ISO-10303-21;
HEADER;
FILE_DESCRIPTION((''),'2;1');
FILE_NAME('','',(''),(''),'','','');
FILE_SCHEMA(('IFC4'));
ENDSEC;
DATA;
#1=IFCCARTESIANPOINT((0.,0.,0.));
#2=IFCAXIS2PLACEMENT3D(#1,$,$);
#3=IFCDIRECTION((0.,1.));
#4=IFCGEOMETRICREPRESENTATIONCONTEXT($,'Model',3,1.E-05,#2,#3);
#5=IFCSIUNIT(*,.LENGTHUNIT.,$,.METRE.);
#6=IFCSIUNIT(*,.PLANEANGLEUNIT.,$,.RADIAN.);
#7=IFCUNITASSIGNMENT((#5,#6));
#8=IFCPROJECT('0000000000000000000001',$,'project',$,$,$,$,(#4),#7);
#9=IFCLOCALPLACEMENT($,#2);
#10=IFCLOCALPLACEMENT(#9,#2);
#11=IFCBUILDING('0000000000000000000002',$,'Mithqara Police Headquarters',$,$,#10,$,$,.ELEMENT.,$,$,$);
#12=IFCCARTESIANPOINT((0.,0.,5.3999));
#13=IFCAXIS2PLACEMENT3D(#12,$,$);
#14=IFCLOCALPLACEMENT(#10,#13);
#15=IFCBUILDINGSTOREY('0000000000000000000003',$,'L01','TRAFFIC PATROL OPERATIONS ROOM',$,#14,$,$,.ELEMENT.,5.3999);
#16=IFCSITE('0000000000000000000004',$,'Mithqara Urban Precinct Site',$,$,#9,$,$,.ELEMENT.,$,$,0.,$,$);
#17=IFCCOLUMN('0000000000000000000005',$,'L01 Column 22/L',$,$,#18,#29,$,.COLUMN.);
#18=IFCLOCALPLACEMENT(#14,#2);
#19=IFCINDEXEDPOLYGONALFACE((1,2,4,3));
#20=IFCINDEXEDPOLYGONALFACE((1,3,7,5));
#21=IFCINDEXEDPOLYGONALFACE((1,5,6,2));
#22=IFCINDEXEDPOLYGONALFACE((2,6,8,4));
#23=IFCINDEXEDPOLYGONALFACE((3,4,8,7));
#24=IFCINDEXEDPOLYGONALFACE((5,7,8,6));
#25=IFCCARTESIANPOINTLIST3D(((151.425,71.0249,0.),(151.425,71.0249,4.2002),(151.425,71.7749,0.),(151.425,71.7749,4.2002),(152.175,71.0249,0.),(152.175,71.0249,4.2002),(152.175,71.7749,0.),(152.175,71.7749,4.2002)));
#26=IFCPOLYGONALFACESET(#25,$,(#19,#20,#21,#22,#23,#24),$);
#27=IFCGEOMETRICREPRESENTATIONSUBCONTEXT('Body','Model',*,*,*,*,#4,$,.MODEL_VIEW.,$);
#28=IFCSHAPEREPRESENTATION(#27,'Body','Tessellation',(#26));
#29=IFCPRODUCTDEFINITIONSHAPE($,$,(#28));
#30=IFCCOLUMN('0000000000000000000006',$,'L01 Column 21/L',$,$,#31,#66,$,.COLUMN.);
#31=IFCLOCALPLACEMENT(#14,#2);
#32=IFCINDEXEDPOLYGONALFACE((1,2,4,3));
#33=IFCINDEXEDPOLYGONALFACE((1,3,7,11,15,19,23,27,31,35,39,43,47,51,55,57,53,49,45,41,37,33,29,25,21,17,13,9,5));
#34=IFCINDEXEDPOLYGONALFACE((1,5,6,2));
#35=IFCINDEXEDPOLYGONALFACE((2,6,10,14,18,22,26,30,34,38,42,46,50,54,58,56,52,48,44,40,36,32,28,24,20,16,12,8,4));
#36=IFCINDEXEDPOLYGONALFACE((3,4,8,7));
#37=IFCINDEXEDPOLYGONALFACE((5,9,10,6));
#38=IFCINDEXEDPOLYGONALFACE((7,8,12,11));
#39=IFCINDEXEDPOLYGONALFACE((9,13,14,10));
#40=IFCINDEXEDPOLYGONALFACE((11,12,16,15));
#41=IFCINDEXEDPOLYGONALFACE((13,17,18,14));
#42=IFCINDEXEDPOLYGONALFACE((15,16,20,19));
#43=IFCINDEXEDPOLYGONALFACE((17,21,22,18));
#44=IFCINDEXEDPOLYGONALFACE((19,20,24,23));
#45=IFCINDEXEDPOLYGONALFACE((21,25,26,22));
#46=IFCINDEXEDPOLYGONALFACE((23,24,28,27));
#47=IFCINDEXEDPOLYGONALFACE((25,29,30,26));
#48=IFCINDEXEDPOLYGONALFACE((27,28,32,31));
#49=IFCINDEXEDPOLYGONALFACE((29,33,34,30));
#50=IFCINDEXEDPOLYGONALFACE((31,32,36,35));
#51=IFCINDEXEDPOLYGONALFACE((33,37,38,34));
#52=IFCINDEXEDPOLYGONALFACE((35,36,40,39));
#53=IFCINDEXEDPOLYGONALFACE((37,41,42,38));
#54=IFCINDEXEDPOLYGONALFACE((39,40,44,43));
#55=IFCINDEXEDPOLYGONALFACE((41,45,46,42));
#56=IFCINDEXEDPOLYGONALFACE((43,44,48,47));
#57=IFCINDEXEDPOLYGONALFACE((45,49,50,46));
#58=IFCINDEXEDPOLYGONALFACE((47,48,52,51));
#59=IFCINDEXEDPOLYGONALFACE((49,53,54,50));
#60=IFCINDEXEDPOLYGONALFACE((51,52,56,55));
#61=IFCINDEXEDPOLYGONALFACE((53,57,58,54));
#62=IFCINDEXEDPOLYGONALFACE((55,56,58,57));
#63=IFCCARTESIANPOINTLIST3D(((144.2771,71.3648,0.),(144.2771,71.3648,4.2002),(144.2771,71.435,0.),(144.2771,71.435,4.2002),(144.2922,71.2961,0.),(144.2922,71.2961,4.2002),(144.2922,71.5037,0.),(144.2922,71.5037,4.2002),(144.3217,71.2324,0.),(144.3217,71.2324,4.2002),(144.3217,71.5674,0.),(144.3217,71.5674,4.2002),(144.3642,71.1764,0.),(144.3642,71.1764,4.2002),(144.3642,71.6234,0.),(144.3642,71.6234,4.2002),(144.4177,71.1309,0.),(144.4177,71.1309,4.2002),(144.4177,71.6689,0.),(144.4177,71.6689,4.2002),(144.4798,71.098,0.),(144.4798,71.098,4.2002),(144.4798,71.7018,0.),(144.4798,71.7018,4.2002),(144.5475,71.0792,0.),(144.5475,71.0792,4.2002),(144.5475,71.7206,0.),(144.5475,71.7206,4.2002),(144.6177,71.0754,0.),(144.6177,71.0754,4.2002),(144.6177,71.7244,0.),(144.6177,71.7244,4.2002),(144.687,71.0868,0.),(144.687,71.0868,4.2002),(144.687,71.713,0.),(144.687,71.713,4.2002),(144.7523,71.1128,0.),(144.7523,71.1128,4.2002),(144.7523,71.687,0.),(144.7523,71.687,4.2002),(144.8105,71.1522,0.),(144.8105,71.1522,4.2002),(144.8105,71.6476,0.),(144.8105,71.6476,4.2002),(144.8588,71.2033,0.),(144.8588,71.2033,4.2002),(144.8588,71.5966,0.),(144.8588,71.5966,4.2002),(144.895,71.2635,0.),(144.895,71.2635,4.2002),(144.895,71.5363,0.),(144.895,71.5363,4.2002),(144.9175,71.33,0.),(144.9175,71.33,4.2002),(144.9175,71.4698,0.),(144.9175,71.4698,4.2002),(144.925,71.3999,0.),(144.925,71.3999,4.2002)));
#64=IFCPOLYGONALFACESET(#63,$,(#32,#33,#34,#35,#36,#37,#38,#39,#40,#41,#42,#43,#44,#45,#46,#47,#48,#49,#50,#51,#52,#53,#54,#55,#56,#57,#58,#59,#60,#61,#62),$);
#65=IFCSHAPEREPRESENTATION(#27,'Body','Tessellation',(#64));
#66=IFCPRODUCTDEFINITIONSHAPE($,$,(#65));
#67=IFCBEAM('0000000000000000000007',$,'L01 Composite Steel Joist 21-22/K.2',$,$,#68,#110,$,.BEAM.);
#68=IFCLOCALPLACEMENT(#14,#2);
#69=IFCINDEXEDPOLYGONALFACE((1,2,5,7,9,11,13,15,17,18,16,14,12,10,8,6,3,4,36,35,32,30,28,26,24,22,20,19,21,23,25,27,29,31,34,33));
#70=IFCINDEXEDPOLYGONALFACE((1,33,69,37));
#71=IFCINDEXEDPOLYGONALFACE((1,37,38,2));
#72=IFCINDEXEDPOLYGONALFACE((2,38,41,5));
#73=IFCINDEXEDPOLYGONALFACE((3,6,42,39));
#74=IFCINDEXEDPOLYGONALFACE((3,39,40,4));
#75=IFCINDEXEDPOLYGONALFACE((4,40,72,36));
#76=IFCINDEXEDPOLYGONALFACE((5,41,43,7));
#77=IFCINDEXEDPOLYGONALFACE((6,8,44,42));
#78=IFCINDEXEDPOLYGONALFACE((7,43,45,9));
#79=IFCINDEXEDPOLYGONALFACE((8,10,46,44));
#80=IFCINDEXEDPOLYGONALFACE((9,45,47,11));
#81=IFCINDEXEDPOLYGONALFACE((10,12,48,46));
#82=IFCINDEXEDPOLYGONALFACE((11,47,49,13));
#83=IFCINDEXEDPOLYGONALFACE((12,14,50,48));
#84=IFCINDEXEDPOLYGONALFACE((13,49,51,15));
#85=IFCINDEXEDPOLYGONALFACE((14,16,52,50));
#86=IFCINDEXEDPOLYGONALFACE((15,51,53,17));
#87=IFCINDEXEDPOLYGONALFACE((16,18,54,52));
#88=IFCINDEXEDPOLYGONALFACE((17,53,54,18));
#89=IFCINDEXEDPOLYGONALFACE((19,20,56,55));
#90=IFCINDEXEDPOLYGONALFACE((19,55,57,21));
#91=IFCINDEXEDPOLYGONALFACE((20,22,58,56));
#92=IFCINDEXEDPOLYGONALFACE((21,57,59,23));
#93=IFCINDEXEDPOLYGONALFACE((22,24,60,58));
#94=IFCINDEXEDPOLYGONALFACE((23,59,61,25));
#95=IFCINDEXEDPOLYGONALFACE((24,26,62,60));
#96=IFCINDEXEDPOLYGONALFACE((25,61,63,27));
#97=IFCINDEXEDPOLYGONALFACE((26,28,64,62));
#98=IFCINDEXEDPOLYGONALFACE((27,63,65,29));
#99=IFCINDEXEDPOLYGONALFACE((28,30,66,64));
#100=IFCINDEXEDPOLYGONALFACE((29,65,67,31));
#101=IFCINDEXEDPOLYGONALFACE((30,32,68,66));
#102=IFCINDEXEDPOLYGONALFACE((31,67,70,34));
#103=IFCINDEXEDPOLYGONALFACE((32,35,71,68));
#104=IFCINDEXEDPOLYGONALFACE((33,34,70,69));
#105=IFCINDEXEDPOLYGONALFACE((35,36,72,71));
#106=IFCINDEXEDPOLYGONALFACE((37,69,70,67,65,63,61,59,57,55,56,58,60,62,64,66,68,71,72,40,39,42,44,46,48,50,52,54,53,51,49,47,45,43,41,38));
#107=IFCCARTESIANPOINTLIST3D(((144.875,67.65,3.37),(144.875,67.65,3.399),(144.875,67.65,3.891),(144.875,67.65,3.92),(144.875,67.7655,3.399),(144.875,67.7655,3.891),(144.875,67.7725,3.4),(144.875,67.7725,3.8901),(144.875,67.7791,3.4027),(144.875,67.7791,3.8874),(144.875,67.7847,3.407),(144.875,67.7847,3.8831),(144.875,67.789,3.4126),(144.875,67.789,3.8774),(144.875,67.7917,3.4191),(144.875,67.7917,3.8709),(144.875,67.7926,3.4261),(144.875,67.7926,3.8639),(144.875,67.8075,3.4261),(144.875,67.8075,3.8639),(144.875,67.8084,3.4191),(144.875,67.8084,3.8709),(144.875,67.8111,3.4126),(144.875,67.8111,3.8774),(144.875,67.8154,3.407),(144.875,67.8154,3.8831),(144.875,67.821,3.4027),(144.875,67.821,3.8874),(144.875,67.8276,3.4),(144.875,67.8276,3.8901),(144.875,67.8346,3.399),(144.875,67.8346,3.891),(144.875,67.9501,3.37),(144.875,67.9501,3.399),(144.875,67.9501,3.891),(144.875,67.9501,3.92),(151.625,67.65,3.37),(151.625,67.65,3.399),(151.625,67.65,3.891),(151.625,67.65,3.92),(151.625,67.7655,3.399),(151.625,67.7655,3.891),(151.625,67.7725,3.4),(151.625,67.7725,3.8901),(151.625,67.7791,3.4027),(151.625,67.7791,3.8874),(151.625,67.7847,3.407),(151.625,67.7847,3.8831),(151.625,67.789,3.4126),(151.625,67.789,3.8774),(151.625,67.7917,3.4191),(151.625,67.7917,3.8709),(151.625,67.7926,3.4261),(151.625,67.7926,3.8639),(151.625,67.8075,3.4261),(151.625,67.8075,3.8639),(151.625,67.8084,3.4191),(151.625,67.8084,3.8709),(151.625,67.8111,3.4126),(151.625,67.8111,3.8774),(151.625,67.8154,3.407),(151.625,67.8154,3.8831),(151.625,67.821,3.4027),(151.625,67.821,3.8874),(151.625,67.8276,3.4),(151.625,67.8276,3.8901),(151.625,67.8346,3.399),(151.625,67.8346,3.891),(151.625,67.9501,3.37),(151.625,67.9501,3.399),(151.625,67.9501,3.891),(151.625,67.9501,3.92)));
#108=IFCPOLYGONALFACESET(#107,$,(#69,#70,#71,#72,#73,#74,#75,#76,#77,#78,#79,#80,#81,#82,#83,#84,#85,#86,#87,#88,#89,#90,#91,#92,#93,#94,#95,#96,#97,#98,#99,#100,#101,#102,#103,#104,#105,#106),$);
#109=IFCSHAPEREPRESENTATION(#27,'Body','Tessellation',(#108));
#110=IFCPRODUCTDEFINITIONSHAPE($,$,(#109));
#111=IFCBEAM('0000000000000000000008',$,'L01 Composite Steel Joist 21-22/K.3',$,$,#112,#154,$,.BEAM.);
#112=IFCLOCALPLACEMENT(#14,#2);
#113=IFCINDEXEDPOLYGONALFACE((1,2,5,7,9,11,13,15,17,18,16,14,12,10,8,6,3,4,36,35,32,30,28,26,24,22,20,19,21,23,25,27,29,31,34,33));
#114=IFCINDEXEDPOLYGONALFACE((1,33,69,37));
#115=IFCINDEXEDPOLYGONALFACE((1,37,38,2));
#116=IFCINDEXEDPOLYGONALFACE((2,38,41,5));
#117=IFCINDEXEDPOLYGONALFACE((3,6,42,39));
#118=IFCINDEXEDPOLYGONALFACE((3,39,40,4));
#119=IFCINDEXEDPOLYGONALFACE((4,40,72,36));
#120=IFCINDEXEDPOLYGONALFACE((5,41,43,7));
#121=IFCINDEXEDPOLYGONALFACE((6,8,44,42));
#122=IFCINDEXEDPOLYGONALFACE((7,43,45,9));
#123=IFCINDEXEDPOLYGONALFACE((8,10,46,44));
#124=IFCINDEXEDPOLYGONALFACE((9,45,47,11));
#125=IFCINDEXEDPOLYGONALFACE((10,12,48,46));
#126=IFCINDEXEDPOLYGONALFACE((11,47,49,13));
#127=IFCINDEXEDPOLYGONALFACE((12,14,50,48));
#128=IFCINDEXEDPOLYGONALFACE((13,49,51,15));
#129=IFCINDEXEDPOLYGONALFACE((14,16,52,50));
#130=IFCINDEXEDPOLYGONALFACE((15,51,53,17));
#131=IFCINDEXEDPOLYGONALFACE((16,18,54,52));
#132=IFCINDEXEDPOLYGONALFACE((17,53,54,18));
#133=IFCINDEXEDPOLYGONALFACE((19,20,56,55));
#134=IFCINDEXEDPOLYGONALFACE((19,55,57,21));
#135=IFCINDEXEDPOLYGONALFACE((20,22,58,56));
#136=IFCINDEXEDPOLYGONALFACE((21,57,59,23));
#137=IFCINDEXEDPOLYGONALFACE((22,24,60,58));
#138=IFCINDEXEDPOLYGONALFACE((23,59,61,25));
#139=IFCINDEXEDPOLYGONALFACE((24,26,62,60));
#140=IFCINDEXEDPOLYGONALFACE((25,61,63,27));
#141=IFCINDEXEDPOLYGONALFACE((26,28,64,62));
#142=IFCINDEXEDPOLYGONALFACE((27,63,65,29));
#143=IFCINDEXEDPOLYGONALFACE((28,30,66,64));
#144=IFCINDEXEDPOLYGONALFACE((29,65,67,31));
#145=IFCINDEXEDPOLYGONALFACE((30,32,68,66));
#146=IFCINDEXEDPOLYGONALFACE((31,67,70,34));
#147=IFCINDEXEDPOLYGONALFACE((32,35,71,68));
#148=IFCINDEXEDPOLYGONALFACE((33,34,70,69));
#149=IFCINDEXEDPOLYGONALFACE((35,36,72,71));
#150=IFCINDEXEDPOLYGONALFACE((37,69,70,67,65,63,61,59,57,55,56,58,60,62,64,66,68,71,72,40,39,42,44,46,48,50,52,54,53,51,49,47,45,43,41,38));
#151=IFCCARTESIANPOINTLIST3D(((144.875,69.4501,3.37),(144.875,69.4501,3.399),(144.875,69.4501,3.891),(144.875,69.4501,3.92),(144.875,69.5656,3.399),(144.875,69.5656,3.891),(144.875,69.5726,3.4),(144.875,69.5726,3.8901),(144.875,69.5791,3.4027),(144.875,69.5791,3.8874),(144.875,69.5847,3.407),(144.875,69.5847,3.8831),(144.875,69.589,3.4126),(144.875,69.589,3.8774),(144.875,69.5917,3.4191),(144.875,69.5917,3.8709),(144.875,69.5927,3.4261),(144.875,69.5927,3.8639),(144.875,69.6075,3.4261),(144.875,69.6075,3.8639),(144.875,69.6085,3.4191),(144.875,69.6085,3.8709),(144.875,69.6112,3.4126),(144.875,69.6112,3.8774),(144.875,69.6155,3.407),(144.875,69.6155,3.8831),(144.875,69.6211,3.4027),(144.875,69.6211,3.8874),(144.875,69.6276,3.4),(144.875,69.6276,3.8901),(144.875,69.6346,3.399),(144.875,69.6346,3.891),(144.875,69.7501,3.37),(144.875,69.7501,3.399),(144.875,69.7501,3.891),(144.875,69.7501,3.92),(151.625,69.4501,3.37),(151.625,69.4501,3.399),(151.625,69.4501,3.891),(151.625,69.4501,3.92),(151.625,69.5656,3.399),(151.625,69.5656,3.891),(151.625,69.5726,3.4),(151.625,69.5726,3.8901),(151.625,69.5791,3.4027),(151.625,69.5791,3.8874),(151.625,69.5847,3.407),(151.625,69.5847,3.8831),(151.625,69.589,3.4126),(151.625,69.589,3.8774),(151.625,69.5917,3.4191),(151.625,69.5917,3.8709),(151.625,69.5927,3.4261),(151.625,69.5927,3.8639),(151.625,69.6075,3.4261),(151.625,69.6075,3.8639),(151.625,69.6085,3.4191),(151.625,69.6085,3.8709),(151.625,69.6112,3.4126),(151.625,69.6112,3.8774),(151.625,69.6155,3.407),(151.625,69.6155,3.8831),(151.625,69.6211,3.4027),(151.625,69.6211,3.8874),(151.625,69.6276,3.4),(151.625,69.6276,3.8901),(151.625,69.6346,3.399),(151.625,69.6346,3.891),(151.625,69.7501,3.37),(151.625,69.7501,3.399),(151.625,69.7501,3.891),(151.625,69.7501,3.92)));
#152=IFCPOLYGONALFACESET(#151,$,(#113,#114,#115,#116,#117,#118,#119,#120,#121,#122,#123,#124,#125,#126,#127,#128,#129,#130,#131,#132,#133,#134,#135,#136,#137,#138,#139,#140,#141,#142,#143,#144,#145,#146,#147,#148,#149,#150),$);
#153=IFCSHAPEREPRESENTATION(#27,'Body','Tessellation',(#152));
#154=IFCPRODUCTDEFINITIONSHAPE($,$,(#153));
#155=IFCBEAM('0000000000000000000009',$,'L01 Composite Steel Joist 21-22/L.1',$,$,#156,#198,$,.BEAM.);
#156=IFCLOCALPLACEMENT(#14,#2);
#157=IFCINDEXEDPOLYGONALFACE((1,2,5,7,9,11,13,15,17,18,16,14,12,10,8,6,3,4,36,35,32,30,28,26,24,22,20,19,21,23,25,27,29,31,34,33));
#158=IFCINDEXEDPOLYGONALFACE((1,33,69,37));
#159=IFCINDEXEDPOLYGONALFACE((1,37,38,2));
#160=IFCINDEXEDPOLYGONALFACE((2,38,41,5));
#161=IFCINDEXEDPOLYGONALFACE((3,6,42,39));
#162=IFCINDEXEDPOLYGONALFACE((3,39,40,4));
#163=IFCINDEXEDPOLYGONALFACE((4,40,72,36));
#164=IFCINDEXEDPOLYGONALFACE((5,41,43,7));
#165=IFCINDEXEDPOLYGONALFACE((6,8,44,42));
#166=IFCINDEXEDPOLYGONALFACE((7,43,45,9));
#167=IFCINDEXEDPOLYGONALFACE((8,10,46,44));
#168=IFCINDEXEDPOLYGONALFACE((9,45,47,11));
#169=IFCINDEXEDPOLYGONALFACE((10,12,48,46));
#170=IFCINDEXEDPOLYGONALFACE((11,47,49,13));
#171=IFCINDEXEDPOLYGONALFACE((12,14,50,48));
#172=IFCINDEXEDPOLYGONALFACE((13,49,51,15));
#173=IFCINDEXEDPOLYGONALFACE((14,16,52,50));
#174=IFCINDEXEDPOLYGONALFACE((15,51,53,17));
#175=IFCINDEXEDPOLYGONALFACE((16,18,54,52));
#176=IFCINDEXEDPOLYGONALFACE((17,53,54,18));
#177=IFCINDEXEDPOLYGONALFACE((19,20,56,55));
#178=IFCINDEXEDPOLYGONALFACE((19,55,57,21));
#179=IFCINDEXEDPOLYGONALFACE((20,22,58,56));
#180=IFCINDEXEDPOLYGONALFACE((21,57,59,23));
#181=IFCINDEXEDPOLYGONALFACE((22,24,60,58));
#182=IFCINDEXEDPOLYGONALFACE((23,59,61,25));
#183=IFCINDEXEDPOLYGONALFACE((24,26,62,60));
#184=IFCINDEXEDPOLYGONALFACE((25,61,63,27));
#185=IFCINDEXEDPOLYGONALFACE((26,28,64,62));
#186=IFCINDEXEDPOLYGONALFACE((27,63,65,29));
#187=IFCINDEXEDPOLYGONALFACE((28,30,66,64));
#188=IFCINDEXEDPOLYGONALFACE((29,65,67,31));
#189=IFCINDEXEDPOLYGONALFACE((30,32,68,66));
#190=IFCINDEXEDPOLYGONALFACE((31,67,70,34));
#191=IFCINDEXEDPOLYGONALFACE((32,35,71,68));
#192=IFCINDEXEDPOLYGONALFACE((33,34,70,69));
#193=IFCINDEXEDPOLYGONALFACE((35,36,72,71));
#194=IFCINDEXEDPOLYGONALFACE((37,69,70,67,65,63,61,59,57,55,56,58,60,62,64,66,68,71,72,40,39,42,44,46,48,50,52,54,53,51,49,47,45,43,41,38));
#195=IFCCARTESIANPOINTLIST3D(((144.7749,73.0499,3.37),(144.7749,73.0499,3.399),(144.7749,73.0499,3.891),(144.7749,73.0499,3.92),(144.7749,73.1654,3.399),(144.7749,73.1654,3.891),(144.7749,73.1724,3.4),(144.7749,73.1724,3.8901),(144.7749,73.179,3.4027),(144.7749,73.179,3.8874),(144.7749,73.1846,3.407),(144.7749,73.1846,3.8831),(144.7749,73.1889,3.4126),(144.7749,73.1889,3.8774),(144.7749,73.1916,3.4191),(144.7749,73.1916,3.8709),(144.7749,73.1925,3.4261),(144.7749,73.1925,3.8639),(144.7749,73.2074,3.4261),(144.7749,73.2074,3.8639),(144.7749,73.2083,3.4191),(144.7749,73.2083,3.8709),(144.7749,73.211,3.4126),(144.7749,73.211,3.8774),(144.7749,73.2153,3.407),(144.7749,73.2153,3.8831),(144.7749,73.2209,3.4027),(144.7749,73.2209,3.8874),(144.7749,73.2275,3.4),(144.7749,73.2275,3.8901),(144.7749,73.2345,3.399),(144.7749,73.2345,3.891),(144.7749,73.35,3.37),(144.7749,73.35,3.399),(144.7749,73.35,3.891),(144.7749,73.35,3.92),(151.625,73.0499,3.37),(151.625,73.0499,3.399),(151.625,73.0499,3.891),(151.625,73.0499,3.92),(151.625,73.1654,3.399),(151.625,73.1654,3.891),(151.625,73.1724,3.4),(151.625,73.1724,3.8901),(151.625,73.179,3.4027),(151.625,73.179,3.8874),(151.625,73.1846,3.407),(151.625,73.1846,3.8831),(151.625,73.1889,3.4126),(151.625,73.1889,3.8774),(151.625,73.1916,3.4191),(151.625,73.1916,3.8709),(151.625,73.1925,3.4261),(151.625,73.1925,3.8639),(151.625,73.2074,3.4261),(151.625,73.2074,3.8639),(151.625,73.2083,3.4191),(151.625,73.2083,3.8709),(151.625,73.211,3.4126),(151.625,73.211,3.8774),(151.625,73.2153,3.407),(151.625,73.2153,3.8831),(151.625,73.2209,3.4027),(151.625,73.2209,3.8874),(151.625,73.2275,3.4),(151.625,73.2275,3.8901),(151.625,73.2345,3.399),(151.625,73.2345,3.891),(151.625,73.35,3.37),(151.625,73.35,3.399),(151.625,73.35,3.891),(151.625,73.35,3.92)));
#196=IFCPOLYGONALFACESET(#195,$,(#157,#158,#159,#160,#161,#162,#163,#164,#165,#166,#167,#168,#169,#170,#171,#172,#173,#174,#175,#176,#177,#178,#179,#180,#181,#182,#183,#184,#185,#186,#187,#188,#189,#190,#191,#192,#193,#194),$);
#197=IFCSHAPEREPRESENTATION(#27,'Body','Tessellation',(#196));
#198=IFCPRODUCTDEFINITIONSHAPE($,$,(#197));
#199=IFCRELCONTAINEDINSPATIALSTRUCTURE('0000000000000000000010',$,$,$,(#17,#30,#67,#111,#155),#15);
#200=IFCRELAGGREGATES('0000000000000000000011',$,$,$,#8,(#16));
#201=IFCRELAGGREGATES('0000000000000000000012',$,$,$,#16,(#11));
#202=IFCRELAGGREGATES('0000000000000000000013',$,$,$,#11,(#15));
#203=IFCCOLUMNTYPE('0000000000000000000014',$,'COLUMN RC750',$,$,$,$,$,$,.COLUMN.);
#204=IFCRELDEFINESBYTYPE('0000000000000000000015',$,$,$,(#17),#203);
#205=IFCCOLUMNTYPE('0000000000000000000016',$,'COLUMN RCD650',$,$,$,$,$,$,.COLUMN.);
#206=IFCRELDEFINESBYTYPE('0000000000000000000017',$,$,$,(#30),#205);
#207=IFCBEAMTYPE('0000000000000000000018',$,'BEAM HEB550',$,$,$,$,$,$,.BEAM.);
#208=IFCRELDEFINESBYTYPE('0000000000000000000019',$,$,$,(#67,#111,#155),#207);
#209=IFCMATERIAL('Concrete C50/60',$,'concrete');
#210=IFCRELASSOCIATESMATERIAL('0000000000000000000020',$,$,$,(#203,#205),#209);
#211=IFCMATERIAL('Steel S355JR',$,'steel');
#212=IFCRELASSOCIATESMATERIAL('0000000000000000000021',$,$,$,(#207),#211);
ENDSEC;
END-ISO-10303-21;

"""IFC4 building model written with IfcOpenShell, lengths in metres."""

from ifc_helpers import new_model, si_unit, direction, frame, origin, origin_2d, place, context, subcontext, project, spatial, rectangle, circle, i_section, extrude, material, material_profile, profile_set, type_object, element, save


model = new_model("IFC4")

# Units and contexts
model_context = context("Model", 3, precision=1e-05, world=origin(), true_north=direction((0.0, 1.0)))
body_context = subcontext(model_context, "Body", "Model", "MODEL_VIEW")
ifc_project = project(units=[si_unit("LENGTHUNIT", "METRE"), si_unit("PLANEANGLEUNIT", "RADIAN")], contexts=[model_context])

# Site, building, storey
site_placement = place(None, origin())
site = spatial("IfcSite", under=ifc_project, at=site_placement, Name="Mithqara Urban Precinct Site", CompositionType="ELEMENT", RefElevation=0.0)
building_placement = place(site_placement, origin())
building = spatial("IfcBuilding", under=site, at=building_placement, Name="Mithqara Police Headquarters", CompositionType="ELEMENT")
storey_placement = place(building_placement, frame((0.0, 0.0, 5.3999)))
storey = spatial("IfcBuildingStorey", under=building, at=storey_placement, Name="L01", Description="TRAFFIC PATROL OPERATIONS ROOM", CompositionType="ELEMENT", Elevation=5.3999)

# Columns
ifc_material_1 = material(Name="Concrete C50/60", Category="concrete")
ifc_material_profile_1 = material_profile(ifc_material_1, rectangle(XDim=0.75, YDim=0.75, at=origin_2d()), Name="RC 750x750")
ifc_profile_set_1 = profile_set([ifc_material_profile_1], Name="Concrete C50/60")
column_type_1 = type_object("IfcColumnType", Name="COLUMN RC750", PredefinedType="COLUMN", material=ifc_profile_set_1)
column_1_placement = place(storey_placement, frame((151.8, 71.3999, 0.0), z_axis=(0.0, 0.0, 1.0), x_axis=(1.0, 0.0, 0.0)))
element("IfcColumn", 1, at=column_1_placement, inside=storey, type_object=column_type_1, Name="L01 Column 22/L", PredefinedType="COLUMN", context=body_context, shape_type="SweptSolid", body=[
    extrude(rectangle(XDim=0.75, YDim=0.75, at=origin_2d()), origin(), (0.0, 0.0, 1.0), 4.2002),
])
ifc_material_profile_2 = material_profile(ifc_material_1, circle(Radius=0.325, at=origin_2d()), Name="RCD 650")
ifc_profile_set_2 = profile_set([ifc_material_profile_2], Name="Concrete C50/60")
column_type_2 = type_object("IfcColumnType", Name="COLUMN RCD650", PredefinedType="COLUMN", material=ifc_profile_set_2)
column_2_placement = place(storey_placement, frame((144.6001, 71.3999, 0.0), z_axis=(0.0, 0.0, 1.0), x_axis=(1.0, 0.0, 0.0)))
element("IfcColumn", 2, at=column_2_placement, inside=storey, type_object=column_type_2, Name="L01 Column 21/L", PredefinedType="COLUMN", context=body_context, shape_type="SweptSolid", body=[
    extrude(circle(Radius=0.325, at=origin_2d()), origin(), (0.0, 0.0, 1.0), 4.2002),
])

# Beams
ifc_material_2 = material(Name="Steel S355JR", Category="steel")
ifc_material_profile_3 = material_profile(ifc_material_2, i_section(OverallWidth=0.3, OverallDepth=0.55, WebThickness=0.0149, FlangeThickness=0.0291, FilletRadius=0.0271, at=origin_2d()), Name="HEB 550")
ifc_profile_set_3 = profile_set([ifc_material_profile_3], Name="Steel S355JR")
beam_type_1 = type_object("IfcBeamType", Name="BEAM HEB550", PredefinedType="BEAM", material=ifc_profile_set_3)
for number, where, z_axis, x_axis, name in (
    (3, (144.875, 67.8, 3.645), (1.0, 0.0, 0.0), (0.0, 1.0, 0.0), "L01 Composite Steel Joist 21-22/K.2"),
    (4, (144.875, 69.6001, 3.645), (1.0, 0.0, 0.0), (0.0, 1.0, 0.0), "L01 Composite Steel Joist 21-22/K.3"),
):
    element("IfcBeam", number, at=place(storey_placement, frame(where, z_axis=z_axis, x_axis=x_axis)), inside=storey, type_object=beam_type_1, Name=name, PredefinedType="BEAM", context=body_context, shape_type="SweptSolid", body=[
        extrude(i_section(OverallWidth=0.3, OverallDepth=0.55, WebThickness=0.0149, FlangeThickness=0.0291, FilletRadius=0.0271, at=origin_2d()), origin(), (0.0, 0.0, 1.0), 6.75),
    ])
for number, where, z_axis, x_axis, name in (
    (5, (144.7749, 73.2, 3.645), (1.0, 0.0, 0.0), (0.0, 1.0, 0.0), "L01 Composite Steel Joist 21-22/L.1"),
):
    element("IfcBeam", number, at=place(storey_placement, frame(where, z_axis=z_axis, x_axis=x_axis)), inside=storey, type_object=beam_type_1, Name=name, PredefinedType="BEAM", context=body_context, shape_type="SweptSolid", body=[
        extrude(i_section(OverallWidth=0.3, OverallDepth=0.55, WebThickness=0.0149, FlangeThickness=0.0291, FilletRadius=0.0271, at=origin_2d()), origin(), (0.0, 0.0, 1.0), 6.8501),
    ])

save(model, "model.ifc")
